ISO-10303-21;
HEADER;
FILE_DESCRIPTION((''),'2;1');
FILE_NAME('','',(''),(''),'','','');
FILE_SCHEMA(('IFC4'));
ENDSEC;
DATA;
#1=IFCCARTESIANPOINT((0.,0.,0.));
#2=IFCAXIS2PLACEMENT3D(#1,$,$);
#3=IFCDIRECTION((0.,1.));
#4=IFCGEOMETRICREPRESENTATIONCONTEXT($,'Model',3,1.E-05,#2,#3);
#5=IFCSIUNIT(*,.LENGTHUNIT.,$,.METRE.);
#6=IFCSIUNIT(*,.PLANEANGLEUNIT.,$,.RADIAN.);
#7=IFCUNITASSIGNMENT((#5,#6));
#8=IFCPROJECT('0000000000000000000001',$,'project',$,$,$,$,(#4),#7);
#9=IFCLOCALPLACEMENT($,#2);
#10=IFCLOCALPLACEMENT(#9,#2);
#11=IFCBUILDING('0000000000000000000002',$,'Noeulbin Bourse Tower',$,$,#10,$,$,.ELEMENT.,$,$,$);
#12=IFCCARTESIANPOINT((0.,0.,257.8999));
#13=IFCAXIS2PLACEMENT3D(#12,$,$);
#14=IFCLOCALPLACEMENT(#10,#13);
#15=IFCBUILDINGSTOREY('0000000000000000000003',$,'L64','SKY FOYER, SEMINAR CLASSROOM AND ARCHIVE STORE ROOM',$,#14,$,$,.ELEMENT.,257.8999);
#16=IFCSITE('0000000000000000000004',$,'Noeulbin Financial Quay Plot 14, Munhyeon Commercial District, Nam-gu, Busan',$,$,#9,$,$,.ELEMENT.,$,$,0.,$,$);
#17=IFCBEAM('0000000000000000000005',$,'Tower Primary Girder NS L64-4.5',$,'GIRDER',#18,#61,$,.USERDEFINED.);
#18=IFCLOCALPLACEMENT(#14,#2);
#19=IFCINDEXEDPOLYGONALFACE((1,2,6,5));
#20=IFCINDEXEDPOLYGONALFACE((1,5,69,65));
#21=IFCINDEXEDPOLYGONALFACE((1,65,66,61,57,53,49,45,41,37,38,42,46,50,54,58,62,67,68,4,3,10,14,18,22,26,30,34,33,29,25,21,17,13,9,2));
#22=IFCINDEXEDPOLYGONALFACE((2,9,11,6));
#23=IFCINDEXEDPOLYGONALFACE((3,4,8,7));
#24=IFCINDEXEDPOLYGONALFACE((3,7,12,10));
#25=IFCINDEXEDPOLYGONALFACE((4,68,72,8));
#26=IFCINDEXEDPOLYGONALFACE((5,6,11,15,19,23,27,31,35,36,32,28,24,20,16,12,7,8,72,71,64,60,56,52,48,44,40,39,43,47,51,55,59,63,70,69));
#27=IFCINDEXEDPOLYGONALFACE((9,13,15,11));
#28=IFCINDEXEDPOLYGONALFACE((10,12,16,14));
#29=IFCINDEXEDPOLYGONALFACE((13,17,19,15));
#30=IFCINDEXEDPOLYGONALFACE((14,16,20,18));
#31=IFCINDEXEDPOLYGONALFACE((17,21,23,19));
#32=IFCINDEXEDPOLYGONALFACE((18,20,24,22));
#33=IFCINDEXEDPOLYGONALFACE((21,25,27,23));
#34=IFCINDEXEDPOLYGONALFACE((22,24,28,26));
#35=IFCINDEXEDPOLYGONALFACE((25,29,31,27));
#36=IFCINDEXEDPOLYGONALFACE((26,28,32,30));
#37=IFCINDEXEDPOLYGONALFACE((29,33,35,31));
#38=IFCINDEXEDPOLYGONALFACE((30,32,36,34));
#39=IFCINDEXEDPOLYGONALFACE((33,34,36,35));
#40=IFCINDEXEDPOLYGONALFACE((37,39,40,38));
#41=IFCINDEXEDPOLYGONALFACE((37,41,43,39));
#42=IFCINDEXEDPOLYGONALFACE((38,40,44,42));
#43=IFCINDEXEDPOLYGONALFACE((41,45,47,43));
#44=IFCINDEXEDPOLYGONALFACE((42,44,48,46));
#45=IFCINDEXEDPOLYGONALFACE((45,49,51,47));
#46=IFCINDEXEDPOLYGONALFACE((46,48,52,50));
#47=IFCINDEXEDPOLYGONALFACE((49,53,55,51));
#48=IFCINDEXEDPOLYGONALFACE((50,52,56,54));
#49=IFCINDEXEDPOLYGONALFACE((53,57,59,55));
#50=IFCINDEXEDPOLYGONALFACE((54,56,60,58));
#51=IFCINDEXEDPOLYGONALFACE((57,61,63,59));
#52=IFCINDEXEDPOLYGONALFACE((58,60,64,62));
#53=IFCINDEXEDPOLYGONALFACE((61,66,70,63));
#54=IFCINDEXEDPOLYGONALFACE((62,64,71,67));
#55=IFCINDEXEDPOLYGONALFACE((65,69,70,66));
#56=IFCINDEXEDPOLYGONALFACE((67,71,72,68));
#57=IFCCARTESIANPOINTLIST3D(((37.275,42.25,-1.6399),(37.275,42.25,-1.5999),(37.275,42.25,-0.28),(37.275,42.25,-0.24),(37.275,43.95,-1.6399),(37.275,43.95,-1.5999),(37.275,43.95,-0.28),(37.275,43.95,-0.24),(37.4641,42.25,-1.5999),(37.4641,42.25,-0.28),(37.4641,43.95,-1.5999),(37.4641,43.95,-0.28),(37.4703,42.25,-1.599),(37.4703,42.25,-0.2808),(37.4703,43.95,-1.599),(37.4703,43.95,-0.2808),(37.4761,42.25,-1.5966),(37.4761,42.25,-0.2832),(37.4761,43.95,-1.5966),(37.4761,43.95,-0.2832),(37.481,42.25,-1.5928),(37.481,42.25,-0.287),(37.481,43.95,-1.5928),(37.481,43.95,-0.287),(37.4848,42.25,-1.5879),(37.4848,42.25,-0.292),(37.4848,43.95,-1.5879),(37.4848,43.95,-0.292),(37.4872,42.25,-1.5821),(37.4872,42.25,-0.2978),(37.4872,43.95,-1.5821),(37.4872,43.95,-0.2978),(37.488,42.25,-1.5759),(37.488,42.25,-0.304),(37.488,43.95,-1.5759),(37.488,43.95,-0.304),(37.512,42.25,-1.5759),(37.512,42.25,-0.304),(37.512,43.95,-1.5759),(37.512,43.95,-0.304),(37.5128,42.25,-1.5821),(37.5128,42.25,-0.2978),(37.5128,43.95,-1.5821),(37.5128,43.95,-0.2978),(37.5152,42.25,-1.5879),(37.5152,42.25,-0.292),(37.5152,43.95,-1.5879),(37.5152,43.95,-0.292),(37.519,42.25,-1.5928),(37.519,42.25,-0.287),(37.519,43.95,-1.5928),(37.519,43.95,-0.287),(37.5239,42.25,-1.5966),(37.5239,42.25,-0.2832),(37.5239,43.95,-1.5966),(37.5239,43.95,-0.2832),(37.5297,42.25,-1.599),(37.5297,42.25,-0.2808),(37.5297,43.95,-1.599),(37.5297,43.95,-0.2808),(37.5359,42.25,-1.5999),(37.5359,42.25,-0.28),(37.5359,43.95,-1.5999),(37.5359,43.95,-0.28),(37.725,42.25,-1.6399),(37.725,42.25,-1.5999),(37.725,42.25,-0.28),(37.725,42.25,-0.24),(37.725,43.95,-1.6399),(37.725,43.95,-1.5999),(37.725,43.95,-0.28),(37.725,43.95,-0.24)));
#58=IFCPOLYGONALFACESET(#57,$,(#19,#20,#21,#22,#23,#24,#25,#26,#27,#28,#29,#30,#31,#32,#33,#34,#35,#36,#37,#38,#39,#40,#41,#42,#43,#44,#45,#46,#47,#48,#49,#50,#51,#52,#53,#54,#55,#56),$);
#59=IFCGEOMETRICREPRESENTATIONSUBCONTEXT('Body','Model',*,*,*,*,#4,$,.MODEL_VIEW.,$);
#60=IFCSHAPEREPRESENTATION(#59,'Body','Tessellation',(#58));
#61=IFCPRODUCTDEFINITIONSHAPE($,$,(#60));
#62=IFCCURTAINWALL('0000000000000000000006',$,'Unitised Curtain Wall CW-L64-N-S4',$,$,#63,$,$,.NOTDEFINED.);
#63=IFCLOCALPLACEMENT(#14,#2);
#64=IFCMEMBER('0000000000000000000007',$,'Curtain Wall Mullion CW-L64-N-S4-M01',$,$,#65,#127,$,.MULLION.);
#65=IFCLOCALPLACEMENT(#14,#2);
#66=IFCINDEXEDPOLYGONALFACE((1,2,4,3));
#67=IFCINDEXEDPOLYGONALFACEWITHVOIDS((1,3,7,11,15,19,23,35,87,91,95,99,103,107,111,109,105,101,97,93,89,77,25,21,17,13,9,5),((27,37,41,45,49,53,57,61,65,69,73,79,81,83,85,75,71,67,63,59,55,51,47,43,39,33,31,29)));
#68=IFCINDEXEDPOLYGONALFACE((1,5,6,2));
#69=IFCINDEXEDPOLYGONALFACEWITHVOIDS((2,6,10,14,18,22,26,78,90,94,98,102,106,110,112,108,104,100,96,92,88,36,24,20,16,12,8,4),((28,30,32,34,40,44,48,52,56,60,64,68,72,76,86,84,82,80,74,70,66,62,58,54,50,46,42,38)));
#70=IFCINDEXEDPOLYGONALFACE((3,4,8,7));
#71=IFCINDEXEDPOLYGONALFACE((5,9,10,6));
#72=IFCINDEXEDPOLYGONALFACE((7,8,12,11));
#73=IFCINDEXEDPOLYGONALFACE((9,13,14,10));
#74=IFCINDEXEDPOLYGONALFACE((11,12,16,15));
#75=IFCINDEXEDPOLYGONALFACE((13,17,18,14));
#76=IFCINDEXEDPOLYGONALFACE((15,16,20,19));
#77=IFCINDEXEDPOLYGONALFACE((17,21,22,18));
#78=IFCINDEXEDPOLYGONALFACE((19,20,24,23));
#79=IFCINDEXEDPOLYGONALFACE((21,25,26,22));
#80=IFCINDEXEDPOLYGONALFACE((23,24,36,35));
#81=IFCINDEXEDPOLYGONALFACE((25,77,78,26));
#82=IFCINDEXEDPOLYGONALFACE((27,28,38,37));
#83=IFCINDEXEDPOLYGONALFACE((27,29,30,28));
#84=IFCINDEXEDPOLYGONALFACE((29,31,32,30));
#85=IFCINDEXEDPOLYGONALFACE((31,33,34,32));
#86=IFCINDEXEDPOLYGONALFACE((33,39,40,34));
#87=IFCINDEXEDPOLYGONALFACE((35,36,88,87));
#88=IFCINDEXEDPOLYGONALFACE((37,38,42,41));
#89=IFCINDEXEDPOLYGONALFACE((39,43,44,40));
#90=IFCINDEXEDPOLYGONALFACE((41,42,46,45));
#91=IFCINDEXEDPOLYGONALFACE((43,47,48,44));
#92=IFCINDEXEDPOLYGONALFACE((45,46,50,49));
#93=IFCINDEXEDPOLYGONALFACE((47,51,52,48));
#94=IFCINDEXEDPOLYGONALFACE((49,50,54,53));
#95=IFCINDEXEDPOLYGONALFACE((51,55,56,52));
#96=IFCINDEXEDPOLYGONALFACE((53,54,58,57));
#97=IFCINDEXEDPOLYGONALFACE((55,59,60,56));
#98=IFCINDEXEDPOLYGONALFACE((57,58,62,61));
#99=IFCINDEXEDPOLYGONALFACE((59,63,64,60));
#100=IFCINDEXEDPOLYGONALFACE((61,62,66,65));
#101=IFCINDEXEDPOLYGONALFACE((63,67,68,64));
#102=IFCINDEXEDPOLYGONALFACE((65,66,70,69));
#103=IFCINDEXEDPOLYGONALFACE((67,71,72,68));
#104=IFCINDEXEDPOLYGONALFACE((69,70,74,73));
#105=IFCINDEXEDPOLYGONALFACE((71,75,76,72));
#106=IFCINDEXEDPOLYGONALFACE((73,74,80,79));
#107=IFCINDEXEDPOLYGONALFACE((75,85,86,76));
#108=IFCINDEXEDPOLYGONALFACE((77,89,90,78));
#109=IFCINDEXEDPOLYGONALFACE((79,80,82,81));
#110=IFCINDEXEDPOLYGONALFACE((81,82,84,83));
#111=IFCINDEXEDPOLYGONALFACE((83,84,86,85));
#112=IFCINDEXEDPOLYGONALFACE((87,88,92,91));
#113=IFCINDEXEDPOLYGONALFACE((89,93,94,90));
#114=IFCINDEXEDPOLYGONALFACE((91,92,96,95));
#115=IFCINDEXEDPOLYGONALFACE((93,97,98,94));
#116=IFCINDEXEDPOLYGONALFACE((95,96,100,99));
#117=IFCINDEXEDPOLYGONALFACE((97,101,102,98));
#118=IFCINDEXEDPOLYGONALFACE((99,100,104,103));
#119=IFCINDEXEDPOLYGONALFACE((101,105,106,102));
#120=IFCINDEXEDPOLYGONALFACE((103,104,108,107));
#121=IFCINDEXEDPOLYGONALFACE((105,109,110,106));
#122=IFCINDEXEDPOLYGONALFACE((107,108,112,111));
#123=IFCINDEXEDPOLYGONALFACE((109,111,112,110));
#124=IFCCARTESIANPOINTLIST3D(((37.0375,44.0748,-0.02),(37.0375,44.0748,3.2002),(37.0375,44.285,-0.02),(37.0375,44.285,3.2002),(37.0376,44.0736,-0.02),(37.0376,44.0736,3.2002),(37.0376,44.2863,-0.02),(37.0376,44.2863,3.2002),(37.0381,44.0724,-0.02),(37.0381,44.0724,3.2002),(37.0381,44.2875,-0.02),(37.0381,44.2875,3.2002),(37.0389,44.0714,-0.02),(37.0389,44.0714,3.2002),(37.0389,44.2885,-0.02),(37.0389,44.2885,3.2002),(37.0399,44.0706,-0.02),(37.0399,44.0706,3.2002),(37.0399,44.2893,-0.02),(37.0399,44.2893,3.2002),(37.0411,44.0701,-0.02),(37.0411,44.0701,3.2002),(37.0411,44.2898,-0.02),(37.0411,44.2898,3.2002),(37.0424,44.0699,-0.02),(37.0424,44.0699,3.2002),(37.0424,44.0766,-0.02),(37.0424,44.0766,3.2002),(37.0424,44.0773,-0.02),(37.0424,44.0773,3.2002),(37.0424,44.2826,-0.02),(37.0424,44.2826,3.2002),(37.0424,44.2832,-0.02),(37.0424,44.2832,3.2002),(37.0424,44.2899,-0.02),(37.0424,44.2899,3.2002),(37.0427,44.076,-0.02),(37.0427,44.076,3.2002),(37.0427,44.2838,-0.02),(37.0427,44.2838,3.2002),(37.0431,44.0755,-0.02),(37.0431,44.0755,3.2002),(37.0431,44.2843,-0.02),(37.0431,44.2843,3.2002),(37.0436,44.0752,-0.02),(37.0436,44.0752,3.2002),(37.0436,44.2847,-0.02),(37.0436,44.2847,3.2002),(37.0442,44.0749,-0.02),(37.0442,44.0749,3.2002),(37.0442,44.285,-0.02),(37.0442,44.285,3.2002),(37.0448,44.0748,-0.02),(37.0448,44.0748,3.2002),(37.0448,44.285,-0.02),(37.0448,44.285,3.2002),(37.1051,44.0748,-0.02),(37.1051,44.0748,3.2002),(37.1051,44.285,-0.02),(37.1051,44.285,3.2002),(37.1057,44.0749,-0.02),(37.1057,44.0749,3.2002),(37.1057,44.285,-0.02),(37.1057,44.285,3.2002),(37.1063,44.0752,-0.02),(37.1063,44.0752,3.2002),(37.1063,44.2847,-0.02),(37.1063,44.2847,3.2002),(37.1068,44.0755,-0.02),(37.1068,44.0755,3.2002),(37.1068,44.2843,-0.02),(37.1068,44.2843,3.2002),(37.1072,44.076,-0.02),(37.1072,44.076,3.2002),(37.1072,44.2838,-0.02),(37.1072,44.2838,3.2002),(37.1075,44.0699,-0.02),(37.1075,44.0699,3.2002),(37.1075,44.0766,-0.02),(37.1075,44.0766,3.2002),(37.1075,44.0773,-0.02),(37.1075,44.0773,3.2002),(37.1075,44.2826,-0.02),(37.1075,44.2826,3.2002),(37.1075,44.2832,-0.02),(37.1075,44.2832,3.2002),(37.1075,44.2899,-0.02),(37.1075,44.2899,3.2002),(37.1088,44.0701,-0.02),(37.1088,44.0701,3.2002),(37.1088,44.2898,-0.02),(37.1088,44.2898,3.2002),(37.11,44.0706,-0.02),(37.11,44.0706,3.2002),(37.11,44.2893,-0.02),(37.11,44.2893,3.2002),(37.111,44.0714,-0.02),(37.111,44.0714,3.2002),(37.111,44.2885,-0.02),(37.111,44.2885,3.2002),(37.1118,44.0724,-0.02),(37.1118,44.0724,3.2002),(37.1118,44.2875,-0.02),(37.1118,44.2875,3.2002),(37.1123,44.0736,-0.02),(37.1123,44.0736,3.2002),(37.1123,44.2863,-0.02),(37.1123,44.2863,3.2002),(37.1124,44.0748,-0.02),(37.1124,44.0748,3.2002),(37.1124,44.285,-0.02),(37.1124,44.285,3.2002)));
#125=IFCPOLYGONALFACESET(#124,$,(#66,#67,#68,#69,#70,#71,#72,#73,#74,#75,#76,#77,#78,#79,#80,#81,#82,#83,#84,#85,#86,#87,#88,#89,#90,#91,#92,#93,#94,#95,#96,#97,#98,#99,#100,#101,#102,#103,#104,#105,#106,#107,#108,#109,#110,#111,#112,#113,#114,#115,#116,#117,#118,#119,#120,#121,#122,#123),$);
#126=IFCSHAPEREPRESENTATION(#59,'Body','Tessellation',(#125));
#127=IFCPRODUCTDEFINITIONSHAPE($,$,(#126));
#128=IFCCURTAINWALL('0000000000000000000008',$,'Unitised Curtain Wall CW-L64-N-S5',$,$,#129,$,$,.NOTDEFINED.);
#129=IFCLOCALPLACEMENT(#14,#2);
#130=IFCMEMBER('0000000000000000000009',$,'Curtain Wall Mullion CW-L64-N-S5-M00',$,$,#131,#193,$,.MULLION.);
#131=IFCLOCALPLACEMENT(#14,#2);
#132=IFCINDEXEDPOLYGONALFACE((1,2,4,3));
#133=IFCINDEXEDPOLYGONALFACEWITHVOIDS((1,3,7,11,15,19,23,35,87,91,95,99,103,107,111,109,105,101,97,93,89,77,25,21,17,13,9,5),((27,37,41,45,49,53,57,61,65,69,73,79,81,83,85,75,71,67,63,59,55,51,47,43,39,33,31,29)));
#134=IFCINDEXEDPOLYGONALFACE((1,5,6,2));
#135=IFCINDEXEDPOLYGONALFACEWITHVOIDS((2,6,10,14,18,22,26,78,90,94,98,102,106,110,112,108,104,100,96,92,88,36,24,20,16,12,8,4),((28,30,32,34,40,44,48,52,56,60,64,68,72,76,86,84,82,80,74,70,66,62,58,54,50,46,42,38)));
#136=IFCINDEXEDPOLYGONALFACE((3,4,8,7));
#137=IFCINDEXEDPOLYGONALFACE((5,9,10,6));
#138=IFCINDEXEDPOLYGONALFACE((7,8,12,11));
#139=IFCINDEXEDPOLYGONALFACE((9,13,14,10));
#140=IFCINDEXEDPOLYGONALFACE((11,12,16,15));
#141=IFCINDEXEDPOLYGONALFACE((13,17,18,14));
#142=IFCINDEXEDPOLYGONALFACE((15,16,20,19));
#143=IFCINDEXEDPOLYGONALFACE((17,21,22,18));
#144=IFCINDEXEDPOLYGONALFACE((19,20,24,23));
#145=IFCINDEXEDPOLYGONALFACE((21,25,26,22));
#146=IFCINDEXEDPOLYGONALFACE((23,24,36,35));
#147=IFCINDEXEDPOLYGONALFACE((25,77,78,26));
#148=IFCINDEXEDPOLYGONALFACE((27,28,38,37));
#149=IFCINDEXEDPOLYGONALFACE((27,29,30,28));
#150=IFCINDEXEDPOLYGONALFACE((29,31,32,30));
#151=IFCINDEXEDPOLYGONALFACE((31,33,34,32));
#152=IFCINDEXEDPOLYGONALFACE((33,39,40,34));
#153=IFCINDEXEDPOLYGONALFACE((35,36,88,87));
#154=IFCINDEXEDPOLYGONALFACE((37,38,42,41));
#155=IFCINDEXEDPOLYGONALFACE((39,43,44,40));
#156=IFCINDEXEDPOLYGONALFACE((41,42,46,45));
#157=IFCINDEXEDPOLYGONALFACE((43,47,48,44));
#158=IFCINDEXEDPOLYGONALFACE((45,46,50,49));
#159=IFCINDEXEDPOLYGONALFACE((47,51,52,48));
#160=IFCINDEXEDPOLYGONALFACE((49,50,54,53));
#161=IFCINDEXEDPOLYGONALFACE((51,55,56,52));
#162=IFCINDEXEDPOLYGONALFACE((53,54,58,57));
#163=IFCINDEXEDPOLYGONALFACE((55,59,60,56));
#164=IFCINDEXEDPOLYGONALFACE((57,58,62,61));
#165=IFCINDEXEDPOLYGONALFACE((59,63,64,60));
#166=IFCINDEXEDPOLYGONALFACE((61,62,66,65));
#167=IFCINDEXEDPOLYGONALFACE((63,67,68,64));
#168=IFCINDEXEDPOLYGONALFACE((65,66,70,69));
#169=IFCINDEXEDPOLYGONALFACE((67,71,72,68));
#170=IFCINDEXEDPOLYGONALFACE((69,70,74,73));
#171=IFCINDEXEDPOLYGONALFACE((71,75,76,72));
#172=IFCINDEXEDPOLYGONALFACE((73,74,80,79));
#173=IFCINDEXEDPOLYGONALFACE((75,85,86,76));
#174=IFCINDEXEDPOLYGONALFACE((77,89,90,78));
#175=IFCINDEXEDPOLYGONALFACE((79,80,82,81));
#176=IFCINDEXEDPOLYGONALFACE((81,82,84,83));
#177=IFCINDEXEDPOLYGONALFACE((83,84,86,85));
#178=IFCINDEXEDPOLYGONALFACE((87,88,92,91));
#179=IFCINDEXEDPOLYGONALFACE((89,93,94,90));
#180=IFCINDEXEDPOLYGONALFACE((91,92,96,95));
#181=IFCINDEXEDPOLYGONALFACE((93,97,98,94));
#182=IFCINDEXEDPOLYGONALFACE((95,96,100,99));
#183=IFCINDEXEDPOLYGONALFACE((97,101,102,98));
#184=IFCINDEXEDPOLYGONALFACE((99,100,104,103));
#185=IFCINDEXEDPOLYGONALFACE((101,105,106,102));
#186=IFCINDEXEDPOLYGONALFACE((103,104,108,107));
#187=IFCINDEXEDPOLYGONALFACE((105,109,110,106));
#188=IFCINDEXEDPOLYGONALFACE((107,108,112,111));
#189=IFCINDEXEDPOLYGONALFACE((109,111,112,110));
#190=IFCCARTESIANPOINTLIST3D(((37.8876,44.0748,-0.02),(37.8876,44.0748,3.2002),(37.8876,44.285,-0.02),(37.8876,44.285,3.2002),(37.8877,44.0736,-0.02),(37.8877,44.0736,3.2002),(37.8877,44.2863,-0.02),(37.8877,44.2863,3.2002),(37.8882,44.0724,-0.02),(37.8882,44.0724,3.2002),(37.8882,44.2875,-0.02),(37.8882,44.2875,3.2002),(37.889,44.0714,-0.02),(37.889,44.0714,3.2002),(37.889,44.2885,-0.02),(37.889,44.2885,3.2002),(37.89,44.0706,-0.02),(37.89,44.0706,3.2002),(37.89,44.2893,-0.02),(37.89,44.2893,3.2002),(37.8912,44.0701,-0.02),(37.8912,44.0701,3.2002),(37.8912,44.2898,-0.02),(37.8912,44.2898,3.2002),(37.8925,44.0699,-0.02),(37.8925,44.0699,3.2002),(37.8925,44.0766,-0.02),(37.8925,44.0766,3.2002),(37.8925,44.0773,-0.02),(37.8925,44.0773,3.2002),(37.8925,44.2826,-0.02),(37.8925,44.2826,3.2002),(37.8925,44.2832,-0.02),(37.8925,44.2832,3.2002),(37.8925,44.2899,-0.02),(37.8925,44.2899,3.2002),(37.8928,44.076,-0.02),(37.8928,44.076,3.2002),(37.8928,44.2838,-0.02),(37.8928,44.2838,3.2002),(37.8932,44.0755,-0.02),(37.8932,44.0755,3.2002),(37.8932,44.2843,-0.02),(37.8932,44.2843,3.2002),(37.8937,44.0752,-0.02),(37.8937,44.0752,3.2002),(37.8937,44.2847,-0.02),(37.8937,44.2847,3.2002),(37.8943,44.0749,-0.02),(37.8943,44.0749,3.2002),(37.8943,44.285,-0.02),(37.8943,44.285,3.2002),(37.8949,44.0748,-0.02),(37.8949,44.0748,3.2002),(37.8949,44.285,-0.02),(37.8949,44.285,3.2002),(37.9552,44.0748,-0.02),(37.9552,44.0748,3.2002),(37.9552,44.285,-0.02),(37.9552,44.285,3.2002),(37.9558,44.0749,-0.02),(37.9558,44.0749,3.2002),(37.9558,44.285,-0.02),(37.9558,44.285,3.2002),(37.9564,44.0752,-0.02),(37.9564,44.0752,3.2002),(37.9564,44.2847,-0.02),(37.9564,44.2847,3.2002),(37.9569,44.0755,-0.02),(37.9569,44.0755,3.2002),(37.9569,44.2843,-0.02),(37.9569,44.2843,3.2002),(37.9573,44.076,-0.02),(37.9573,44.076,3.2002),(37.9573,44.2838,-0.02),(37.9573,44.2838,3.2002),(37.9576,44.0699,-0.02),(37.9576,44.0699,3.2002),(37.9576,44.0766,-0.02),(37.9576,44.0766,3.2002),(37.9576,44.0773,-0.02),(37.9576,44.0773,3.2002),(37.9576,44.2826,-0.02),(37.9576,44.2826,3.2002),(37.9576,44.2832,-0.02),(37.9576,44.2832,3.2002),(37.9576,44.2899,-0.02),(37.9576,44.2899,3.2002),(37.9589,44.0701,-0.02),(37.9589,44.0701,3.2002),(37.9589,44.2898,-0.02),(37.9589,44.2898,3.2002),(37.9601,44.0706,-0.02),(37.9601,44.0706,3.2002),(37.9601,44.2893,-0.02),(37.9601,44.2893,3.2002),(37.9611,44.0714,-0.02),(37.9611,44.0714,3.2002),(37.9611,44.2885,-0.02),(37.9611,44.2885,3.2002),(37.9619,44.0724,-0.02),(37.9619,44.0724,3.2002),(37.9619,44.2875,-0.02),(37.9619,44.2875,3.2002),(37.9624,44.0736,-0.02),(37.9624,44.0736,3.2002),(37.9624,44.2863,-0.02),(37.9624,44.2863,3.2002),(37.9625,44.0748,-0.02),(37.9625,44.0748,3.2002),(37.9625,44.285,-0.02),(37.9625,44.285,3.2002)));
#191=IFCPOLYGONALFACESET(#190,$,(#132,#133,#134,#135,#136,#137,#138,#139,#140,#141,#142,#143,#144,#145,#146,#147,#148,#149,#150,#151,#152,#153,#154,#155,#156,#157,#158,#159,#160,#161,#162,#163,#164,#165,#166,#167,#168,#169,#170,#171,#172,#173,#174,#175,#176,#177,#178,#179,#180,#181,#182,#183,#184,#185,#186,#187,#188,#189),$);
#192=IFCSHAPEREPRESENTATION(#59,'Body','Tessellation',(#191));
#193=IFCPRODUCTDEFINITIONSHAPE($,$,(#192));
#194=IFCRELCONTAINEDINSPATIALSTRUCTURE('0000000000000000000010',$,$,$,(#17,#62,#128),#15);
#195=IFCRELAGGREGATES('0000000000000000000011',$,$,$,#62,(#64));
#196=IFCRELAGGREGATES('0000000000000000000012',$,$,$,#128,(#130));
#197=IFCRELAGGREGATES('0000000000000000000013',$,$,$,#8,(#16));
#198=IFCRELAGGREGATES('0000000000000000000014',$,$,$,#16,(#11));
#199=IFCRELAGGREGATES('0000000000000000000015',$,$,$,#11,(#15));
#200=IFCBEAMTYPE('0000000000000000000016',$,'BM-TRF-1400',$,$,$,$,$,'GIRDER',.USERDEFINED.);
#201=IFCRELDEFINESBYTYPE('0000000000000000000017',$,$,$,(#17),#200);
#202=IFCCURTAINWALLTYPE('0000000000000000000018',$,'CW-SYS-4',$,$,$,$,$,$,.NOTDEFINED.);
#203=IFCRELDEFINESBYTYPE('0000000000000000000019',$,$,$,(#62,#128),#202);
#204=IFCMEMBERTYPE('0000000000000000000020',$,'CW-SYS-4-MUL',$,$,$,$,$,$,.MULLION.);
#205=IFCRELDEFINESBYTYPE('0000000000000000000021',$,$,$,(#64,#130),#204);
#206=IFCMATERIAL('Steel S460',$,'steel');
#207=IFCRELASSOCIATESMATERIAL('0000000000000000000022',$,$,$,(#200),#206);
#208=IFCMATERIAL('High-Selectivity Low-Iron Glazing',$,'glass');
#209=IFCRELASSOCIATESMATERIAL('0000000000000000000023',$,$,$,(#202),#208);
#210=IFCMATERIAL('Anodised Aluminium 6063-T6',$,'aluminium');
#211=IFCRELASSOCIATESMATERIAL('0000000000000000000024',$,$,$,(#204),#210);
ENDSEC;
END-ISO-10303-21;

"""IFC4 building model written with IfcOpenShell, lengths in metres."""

from ifc_helpers import new_model, si_unit, direction, frame, origin, origin_2d, place, context, subcontext, project, spatial, hollow_rectangle, i_section, extrude, material, material_profile, profile_set, type_object, element, aggregate, save


model = new_model("IFC4")

# Units and contexts
model_context = context("Model", 3, precision=1e-05, world=origin(), true_north=direction((0.0, 1.0)))
body_context = subcontext(model_context, "Body", "Model", "MODEL_VIEW")
ifc_project = project(units=[si_unit("LENGTHUNIT", "METRE"), si_unit("PLANEANGLEUNIT", "RADIAN")], contexts=[model_context])

# Site, building, storey
site_placement = place(None, origin())
site = spatial("IfcSite", under=ifc_project, at=site_placement, Name="Noeulbin Financial Quay Plot 14, Munhyeon Commercial District, Nam-gu, Busan", CompositionType="ELEMENT", RefElevation=0.0)
building_placement = place(site_placement, origin())
building = spatial("IfcBuilding", under=site, at=building_placement, Name="Noeulbin Bourse Tower", CompositionType="ELEMENT")
storey_placement = place(building_placement, frame((0.0, 0.0, 257.8999)))
storey = spatial("IfcBuildingStorey", under=building, at=storey_placement, Name="L64", Description="SKY FOYER, SEMINAR CLASSROOM AND ARCHIVE STORE ROOM", CompositionType="ELEMENT", Elevation=257.8999)

# Beam
ifc_material_1 = material(Name="Steel S460", Category="steel")
ifc_material_profile_1 = material_profile(ifc_material_1, i_section(OverallWidth=0.45, OverallDepth=1.3999, WebThickness=0.0239, FlangeThickness=0.04, FilletRadius=0.0239, at=origin_2d()), Name="PG-1400x450x24x40", Category="LoadBearing")
ifc_profile_set_1 = profile_set([ifc_material_profile_1], Name="Steel S460")
beam_type_1 = type_object("IfcBeamType", Name="BM-TRF-1400", ElementType="GIRDER", PredefinedType="USERDEFINED", material=ifc_profile_set_1)
beam_1_placement = place(storey_placement, frame((37.5, 42.25, -0.9399), z_axis=(0.0, 1.0, 0.0), x_axis=(-1.0, 0.0, 0.0)))
element("IfcBeam", 1, at=beam_1_placement, inside=storey, type_object=beam_type_1, Name="Tower Primary Girder NS L64-4.5", ObjectType="GIRDER", PredefinedType="USERDEFINED", context=body_context, shape_type="SweptSolid", body=[
    extrude(i_section(OverallWidth=0.45, OverallDepth=1.3999, WebThickness=0.0239, FlangeThickness=0.04, FilletRadius=0.0239, at=origin_2d()), origin(), (0.0, 0.0, 1.0), 1.7),
])

# Curtain wall, member
ifc_material_2 = material(Name="High-Selectivity Low-Iron Glazing", Category="glass")
curtain_wall_type = type_object("IfcCurtainWallType", Name="CW-SYS-4", PredefinedType="NOTDEFINED", material=ifc_material_2)
curtain_wall_1_placement = place(storey_placement, origin())
curtain_wall_1 = element("IfcCurtainWall", 2, at=curtain_wall_1_placement, inside=storey, type_object=curtain_wall_type, Name="Unitised Curtain Wall CW-L64-N-S4", PredefinedType="NOTDEFINED")
ifc_material_3 = material(Name="Anodised Aluminium 6063-T6", Category="aluminium")
ifc_material_profile_2 = material_profile(ifc_material_3, hollow_rectangle(XDim=0.075, YDim=0.22, WallThickness=0.0049, InnerFilletRadius=0.0024, OuterFilletRadius=0.0049, at=origin_2d()), Name="ALU-MULL-75x220x5", Category="LoadBearing")
ifc_profile_set_2 = profile_set([ifc_material_profile_2], Name="Anodised Aluminium 6063-T6")
member_type_1 = type_object("IfcMemberType", Name="CW-SYS-4-MUL", PredefinedType="MULLION", material=ifc_profile_set_2)
member_1_placement = place(storey_placement, frame((37.075, 44.1799, -0.02), z_axis=(0.0, 0.0, 1.0), x_axis=(1.0, 0.0, 0.0)))
member_1 = element("IfcMember", 3, at=member_1_placement, type_object=member_type_1, Name="Curtain Wall Mullion CW-L64-N-S4-M01", PredefinedType="MULLION", context=body_context, shape_type="SweptSolid", body=[
    extrude(hollow_rectangle(XDim=0.075, YDim=0.22, WallThickness=0.0049, InnerFilletRadius=0.0024, OuterFilletRadius=0.0049, at=origin_2d()), origin(), (0.0, 0.0, 1.0), 3.2202),
])
aggregate(curtain_wall_1, [member_1])

# Curtain wall, member
curtain_wall_2_placement = place(storey_placement, origin())
curtain_wall_2 = element("IfcCurtainWall", 4, at=curtain_wall_2_placement, inside=storey, type_object=curtain_wall_type, Name="Unitised Curtain Wall CW-L64-N-S5", PredefinedType="NOTDEFINED")
member_2_placement = place(storey_placement, frame((37.925, 44.1799, -0.02), z_axis=(0.0, 0.0, 1.0), x_axis=(1.0, 0.0, 0.0)))
member_2 = element("IfcMember", 5, at=member_2_placement, type_object=member_type_1, Name="Curtain Wall Mullion CW-L64-N-S5-M00", PredefinedType="MULLION", context=body_context, shape_type="SweptSolid", body=[
    extrude(hollow_rectangle(XDim=0.075, YDim=0.22, WallThickness=0.0049, InnerFilletRadius=0.0024, OuterFilletRadius=0.0049, at=origin_2d()), origin(), (0.0, 0.0, 1.0), 3.2202),
])

aggregate(curtain_wall_2, [member_2])

save(model, "model.ifc")
